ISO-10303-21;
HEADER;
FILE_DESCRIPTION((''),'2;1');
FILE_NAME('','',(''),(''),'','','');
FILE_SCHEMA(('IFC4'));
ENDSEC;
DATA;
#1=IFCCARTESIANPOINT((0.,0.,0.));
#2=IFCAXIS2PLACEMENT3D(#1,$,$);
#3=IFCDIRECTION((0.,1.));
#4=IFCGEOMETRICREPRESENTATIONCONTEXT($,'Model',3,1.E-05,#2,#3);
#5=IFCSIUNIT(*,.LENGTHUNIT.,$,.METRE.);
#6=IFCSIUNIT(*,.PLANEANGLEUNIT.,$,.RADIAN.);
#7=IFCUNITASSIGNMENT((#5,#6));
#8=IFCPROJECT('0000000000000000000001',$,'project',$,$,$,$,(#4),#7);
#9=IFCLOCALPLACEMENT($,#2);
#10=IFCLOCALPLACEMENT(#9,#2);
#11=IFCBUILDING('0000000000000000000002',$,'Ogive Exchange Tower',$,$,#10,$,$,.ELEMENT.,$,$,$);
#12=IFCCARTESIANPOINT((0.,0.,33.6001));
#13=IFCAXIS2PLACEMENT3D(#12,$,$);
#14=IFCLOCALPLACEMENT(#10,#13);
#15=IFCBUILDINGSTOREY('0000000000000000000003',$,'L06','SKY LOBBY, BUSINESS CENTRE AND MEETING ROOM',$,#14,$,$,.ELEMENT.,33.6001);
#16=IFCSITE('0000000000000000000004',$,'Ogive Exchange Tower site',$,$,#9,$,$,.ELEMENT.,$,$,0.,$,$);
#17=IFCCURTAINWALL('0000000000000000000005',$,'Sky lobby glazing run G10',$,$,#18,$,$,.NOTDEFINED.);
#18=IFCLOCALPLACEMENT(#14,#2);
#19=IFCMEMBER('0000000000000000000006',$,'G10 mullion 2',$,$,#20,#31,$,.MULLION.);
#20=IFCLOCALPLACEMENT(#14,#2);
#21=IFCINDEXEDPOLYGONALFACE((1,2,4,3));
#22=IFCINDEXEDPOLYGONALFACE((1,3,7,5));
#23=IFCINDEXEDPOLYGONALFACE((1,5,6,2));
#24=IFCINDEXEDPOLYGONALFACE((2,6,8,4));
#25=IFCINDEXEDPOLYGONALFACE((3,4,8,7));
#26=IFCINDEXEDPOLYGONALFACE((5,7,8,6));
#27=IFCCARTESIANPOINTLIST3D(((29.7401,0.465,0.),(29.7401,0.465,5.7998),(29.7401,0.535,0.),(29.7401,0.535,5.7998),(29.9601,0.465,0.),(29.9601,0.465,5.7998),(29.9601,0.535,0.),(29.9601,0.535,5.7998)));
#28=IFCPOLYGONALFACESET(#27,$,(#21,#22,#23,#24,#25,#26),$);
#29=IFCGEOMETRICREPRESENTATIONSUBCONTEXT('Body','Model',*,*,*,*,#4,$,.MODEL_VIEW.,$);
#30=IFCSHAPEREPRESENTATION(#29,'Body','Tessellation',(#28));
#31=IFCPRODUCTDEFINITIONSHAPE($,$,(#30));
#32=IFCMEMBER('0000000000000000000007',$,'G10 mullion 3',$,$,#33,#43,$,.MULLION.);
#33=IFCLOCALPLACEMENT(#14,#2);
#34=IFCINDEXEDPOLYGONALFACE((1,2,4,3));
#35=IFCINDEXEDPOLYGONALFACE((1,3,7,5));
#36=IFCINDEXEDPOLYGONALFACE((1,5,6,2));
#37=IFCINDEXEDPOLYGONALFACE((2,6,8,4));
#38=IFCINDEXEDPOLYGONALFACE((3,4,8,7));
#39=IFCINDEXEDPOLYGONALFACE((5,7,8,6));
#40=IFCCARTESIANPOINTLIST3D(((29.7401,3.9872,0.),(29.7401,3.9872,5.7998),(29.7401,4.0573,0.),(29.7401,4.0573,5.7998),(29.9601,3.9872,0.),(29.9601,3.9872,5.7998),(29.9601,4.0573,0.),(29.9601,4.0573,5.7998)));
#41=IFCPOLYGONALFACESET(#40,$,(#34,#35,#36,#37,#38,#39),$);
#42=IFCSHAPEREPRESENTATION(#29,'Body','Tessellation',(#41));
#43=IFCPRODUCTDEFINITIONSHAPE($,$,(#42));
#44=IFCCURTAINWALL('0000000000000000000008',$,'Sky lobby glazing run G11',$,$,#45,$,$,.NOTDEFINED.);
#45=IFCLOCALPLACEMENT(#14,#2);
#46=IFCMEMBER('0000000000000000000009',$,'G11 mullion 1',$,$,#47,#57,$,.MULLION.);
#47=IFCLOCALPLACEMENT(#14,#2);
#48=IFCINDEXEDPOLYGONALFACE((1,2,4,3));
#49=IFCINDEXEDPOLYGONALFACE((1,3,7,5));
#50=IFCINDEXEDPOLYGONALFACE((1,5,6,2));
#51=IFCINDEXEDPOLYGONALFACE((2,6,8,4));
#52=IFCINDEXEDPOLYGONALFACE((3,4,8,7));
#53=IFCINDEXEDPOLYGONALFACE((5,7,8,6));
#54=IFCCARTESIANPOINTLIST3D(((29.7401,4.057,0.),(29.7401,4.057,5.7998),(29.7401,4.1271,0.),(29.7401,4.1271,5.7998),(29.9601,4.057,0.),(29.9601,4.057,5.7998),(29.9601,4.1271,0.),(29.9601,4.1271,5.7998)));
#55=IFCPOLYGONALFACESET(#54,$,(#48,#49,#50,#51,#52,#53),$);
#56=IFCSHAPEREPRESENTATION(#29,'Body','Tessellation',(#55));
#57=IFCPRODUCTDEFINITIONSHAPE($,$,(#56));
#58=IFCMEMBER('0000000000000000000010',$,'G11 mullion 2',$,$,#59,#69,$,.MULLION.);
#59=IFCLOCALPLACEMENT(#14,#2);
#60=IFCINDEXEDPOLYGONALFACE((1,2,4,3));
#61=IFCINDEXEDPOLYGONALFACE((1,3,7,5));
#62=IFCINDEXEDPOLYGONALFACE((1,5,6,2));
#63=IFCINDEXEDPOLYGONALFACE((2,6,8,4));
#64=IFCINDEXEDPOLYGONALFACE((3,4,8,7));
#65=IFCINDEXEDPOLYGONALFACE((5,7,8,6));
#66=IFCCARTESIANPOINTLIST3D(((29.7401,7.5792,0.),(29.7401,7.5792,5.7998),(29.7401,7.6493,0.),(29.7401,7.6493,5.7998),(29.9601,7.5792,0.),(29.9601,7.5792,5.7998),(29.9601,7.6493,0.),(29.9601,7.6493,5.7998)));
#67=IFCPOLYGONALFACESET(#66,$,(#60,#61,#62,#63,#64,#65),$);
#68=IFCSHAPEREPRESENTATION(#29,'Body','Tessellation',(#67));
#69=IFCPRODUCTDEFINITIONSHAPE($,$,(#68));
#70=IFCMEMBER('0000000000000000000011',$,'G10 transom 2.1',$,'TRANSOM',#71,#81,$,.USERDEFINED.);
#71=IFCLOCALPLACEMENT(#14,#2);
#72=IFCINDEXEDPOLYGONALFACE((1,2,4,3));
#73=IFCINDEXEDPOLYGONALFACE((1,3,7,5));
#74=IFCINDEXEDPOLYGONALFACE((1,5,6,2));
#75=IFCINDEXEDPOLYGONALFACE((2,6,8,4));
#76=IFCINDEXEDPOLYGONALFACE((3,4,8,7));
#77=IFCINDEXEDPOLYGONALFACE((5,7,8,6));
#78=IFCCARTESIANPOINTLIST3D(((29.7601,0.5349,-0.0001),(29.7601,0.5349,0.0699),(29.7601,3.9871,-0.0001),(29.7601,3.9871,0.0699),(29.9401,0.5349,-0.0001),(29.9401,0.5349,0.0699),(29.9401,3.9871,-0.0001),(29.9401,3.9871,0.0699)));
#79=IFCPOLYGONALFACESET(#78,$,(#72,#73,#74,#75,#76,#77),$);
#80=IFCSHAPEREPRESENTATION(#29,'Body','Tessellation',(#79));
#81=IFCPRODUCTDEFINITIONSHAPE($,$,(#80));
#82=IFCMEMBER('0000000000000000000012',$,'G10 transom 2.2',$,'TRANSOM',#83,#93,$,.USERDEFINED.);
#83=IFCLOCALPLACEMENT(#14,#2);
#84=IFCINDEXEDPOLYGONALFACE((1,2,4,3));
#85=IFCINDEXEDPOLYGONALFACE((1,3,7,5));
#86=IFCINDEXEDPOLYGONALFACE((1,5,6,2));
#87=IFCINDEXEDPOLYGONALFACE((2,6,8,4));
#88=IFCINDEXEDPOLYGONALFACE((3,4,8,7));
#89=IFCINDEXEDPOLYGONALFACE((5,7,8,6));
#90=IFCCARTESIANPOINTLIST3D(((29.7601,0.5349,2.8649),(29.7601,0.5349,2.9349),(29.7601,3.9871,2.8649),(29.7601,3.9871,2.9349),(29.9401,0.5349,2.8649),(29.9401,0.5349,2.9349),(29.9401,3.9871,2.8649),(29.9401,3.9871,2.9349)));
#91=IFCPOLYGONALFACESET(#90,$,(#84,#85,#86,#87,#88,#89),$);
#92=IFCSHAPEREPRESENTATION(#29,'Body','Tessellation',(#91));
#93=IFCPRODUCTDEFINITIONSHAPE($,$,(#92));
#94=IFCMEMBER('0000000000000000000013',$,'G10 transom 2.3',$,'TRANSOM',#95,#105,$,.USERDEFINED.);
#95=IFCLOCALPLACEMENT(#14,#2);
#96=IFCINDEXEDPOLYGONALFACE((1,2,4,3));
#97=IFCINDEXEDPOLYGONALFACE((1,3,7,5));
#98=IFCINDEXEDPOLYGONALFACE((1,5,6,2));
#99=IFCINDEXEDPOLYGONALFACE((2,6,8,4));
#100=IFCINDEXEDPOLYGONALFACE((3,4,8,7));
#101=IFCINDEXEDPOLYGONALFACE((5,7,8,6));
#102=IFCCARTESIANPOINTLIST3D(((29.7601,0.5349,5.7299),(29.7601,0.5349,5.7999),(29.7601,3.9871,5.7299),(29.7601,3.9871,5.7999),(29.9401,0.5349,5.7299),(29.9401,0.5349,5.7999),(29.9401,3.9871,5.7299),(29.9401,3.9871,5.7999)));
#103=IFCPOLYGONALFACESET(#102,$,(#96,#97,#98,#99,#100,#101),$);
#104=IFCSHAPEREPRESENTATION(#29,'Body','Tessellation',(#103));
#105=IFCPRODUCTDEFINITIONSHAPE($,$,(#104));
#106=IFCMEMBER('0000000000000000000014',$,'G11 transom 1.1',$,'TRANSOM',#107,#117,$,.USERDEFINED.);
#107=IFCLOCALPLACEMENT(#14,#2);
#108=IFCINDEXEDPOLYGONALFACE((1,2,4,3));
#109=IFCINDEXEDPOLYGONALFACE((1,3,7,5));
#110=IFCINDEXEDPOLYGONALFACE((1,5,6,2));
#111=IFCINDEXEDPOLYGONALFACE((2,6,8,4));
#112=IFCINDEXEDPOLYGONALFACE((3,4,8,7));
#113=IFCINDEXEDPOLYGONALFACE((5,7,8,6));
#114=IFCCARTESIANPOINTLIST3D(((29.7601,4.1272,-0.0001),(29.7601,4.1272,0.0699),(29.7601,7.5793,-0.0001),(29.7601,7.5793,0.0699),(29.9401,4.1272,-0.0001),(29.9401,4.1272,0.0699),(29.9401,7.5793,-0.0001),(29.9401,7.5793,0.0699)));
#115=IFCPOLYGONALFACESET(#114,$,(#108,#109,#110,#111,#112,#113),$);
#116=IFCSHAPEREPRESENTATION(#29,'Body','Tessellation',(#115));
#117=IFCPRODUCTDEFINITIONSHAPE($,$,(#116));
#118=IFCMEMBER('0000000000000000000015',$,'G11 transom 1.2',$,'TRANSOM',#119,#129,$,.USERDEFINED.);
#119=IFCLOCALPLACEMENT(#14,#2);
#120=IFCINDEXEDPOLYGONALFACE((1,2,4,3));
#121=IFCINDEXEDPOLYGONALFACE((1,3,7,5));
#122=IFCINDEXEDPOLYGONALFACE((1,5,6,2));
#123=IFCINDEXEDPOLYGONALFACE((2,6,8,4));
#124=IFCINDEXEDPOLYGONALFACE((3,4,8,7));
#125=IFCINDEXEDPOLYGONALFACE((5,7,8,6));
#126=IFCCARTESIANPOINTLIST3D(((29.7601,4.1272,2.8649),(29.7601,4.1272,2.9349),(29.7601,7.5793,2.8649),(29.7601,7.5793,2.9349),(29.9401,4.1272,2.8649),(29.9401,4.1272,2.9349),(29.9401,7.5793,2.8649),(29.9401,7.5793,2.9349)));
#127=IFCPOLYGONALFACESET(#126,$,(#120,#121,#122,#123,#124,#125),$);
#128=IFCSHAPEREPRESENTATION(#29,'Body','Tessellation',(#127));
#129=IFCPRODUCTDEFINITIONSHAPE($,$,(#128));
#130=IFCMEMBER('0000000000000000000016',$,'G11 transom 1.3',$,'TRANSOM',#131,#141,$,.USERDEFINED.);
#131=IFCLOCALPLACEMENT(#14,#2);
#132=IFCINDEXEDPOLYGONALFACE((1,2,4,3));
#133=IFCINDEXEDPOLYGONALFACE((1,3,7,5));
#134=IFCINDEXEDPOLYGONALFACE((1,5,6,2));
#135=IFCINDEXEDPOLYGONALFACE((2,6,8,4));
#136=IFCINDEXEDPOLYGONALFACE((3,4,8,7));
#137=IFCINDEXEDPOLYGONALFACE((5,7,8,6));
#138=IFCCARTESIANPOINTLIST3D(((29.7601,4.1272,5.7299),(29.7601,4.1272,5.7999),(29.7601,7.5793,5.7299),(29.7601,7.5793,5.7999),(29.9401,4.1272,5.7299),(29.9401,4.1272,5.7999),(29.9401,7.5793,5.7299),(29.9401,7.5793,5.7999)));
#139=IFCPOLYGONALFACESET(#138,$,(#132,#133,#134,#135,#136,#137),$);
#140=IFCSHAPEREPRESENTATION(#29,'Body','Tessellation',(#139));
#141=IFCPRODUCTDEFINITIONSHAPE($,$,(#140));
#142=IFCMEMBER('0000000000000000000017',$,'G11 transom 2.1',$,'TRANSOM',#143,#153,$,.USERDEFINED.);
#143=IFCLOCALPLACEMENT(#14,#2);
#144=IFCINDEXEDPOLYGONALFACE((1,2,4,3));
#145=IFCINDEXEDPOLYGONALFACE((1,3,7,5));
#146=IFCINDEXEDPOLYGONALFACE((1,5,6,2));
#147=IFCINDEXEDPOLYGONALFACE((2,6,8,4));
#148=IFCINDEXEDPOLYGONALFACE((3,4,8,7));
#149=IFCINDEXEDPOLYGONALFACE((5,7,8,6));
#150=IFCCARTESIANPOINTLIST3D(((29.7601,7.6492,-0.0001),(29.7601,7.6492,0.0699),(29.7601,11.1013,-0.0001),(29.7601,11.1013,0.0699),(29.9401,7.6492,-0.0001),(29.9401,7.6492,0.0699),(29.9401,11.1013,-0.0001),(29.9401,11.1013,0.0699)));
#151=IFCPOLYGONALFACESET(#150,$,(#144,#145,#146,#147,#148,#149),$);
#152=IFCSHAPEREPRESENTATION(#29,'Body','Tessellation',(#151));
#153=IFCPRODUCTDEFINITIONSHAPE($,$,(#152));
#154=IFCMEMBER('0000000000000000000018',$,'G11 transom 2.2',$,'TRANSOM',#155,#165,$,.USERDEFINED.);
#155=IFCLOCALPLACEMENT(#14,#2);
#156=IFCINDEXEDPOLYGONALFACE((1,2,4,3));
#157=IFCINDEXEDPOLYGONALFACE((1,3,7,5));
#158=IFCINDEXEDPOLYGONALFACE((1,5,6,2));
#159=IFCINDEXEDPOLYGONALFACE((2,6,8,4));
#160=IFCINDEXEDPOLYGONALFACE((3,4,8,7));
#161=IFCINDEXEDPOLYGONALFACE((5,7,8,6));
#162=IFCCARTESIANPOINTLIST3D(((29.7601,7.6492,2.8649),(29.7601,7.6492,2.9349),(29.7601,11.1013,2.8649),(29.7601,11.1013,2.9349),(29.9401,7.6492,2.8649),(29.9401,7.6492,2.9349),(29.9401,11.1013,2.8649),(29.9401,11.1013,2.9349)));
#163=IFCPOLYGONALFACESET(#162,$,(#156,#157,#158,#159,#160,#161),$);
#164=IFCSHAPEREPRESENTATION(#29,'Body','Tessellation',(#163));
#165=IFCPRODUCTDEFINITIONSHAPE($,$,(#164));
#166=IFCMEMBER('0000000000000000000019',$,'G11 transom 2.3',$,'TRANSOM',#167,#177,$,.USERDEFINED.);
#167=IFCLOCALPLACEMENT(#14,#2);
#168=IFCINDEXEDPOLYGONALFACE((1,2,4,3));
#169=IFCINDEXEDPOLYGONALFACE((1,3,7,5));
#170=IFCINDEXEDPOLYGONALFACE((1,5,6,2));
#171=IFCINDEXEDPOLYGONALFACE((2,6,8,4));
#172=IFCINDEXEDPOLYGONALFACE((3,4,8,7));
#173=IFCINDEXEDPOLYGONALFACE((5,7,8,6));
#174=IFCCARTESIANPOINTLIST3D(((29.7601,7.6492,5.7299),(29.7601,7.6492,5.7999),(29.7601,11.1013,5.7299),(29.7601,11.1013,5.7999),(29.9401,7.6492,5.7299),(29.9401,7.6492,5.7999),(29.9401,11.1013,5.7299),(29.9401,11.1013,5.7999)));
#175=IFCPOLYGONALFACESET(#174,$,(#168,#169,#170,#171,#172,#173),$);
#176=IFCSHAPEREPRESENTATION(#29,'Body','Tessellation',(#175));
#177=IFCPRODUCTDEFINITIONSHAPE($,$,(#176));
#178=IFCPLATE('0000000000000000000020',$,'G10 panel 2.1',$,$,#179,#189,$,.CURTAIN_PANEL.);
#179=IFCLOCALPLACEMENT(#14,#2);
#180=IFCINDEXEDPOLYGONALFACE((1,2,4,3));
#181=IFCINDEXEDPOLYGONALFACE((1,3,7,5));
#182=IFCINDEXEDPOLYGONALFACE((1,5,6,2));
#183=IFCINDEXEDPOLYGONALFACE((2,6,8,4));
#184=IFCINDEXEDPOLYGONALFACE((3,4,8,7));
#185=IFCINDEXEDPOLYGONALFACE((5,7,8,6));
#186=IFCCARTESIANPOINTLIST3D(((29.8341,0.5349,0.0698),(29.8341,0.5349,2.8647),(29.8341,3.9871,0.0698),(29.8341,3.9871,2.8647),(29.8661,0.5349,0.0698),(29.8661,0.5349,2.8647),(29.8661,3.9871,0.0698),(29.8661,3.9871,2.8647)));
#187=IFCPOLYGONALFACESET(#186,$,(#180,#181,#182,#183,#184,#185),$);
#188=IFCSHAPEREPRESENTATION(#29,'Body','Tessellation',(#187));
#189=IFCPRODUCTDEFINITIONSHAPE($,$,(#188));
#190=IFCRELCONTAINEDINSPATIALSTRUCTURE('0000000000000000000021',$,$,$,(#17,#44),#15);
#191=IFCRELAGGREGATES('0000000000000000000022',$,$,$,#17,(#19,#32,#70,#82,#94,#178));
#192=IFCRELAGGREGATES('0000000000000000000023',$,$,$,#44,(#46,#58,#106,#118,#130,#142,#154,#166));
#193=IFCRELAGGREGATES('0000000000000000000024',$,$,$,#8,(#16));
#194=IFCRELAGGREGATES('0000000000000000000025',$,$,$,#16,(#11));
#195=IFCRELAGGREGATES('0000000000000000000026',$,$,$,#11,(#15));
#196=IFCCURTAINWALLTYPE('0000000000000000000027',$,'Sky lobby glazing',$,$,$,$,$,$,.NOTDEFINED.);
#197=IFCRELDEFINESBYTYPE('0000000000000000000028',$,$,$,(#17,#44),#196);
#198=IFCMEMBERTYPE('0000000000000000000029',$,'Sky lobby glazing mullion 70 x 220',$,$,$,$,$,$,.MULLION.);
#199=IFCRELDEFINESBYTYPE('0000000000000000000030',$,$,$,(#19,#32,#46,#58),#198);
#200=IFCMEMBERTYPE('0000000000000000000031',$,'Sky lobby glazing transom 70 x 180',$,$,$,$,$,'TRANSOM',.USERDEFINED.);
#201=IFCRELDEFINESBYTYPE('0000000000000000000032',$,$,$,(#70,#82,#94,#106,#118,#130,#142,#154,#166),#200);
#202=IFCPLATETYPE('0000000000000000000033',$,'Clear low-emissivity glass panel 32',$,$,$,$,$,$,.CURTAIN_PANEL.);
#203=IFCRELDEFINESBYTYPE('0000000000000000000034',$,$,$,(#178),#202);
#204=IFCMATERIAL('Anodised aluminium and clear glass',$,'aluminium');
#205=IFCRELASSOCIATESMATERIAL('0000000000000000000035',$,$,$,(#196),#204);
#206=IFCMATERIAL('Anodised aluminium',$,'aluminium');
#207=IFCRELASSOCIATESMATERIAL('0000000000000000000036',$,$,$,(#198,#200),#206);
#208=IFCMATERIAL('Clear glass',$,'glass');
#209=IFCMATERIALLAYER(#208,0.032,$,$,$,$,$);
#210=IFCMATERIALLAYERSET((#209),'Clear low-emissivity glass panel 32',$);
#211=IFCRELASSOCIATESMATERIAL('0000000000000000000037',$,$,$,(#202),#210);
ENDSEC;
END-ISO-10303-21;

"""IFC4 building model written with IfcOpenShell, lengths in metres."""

from ifc_helpers import new_model, si_unit, direction, frame, origin, origin_2d, place, context, subcontext, project, spatial, rectangle, extrude, material, layer, layer_set, material_profile, profile_set, type_object, element, aggregate, save


model = new_model("IFC4")

# Units and contexts
model_context = context("Model", 3, precision=1e-05, world=origin(), true_north=direction((0.0, 1.0)))
body_context = subcontext(model_context, "Body", "Model", "MODEL_VIEW")
ifc_project = project(units=[si_unit("LENGTHUNIT", "METRE"), si_unit("PLANEANGLEUNIT", "RADIAN")], contexts=[model_context])

# Site, building, storey
site_placement = place(None, origin())
site = spatial("IfcSite", under=ifc_project, at=site_placement, Name="Ogive Exchange Tower site", CompositionType="ELEMENT", RefElevation=0.0)
building_placement = place(site_placement, origin())
building = spatial("IfcBuilding", under=site, at=building_placement, Name="Ogive Exchange Tower", CompositionType="ELEMENT")
storey_placement = place(building_placement, frame((0.0, 0.0, 33.6001)))
storey = spatial("IfcBuildingStorey", under=building, at=storey_placement, Name="L06", Description="SKY LOBBY, BUSINESS CENTRE AND MEETING ROOM", CompositionType="ELEMENT", Elevation=33.6001)

# Curtain walls, members
ifc_material_1 = material(Name="Anodised aluminium and clear glass", Category="aluminium")
curtain_wall_type = type_object("IfcCurtainWallType", Name="Sky lobby glazing", PredefinedType="NOTDEFINED", material=ifc_material_1)
curtain_wall_1_placement = place(storey_placement, origin())
curtain_wall_1 = element("IfcCurtainWall", 1, at=curtain_wall_1_placement, inside=storey, type_object=curtain_wall_type, Name="Sky lobby glazing run G10", PredefinedType="NOTDEFINED")
ifc_material_2 = material(Name="Anodised aluminium", Category="aluminium")
ifc_material_profile_1 = material_profile(ifc_material_2, rectangle(XDim=0.22, YDim=0.0701, at=origin_2d()), Name="AL 70x220")
ifc_profile_set_1 = profile_set([ifc_material_profile_1], Name="Anodised aluminium")
member_type_1 = type_object("IfcMemberType", Name="Sky lobby glazing mullion 70 x 220", PredefinedType="MULLION", material=ifc_profile_set_1)
member_1_placement = place(storey_placement, frame((29.8501, 0.5, 0.0), z_axis=(0.0, 0.0, 1.0), x_axis=(-1.0, 0.0, 0.0)))
member_1 = element("IfcMember", 2, at=member_1_placement, type_object=member_type_1, Name="G10 mullion 2", PredefinedType="MULLION", context=body_context, shape_type="SweptSolid", body=[
    extrude(rectangle(XDim=0.22, YDim=0.0701, at=origin_2d()), origin(), (0.0, 0.0, 1.0), 5.7998),
])
member_2_placement = place(storey_placement, frame((29.8501, 4.0222, 0.0), z_axis=(0.0, 0.0, 1.0), x_axis=(-1.0, 0.0, 0.0)))
member_2 = element("IfcMember", 3, at=member_2_placement, type_object=member_type_1, Name="G10 mullion 3", PredefinedType="MULLION", context=body_context, shape_type="SweptSolid", body=[
    extrude(rectangle(XDim=0.22, YDim=0.0701, at=origin_2d()), origin(), (0.0, 0.0, 1.0), 5.7998),
])
curtain_wall_2_placement = place(storey_placement, origin())
curtain_wall_2 = element("IfcCurtainWall", 4, at=curtain_wall_2_placement, inside=storey, type_object=curtain_wall_type, Name="Sky lobby glazing run G11", PredefinedType="NOTDEFINED")
member_3_placement = place(storey_placement, frame((29.8501, 4.092, 0.0), z_axis=(0.0, 0.0, 1.0), x_axis=(-1.0, 0.0, 0.0)))
member_3 = element("IfcMember", 5, at=member_3_placement, type_object=member_type_1, Name="G11 mullion 1", PredefinedType="MULLION", context=body_context, shape_type="SweptSolid", body=[
    extrude(rectangle(XDim=0.22, YDim=0.0701, at=origin_2d()), origin(), (0.0, 0.0, 1.0), 5.7998),
])
member_4_placement = place(storey_placement, frame((29.8501, 7.6143, 0.0), z_axis=(0.0, 0.0, 1.0), x_axis=(-1.0, 0.0, 0.0)))
member_4 = element("IfcMember", 6, at=member_4_placement, type_object=member_type_1, Name="G11 mullion 2", PredefinedType="MULLION", context=body_context, shape_type="SweptSolid", body=[
    extrude(rectangle(XDim=0.22, YDim=0.0701, at=origin_2d()), origin(), (0.0, 0.0, 1.0), 5.7998),
])

# Members
ifc_material_profile_2 = material_profile(ifc_material_2, rectangle(XDim=0.1799, YDim=0.0701, at=origin_2d()), Name="AL 70x180")
ifc_profile_set_2 = profile_set([ifc_material_profile_2], Name="Anodised aluminium")
member_type_2 = type_object("IfcMemberType", Name="Sky lobby glazing transom 70 x 180", ElementType="TRANSOM", PredefinedType="USERDEFINED", material=ifc_profile_set_2)
member_5_placement = place(storey_placement, frame((29.8501, 0.5349, 0.0349), z_axis=(0.0, 1.0, 0.0), x_axis=(-1.0, 0.0, 0.0)))
member_5 = element("IfcMember", 7, at=member_5_placement, type_object=member_type_2, Name="G10 transom 2.1", ObjectType="TRANSOM", PredefinedType="USERDEFINED", context=body_context, shape_type="SweptSolid", body=[
    extrude(rectangle(XDim=0.1799, YDim=0.0701, at=origin_2d()), origin(), (0.0, 0.0, 1.0), 3.4521),
])
member_6_placement = place(storey_placement, frame((29.8501, 0.5349, 2.8999), z_axis=(0.0, 1.0, 0.0), x_axis=(-1.0, 0.0, 0.0)))
member_6 = element("IfcMember", 8, at=member_6_placement, type_object=member_type_2, Name="G10 transom 2.2", ObjectType="TRANSOM", PredefinedType="USERDEFINED", context=body_context, shape_type="SweptSolid", body=[
    extrude(rectangle(XDim=0.1799, YDim=0.0701, at=origin_2d()), origin(), (0.0, 0.0, 1.0), 3.4521),
])
member_7_placement = place(storey_placement, frame((29.8501, 0.5349, 5.7649), z_axis=(0.0, 1.0, 0.0), x_axis=(-1.0, 0.0, 0.0)))
member_7 = element("IfcMember", 9, at=member_7_placement, type_object=member_type_2, Name="G10 transom 2.3", ObjectType="TRANSOM", PredefinedType="USERDEFINED", context=body_context, shape_type="SweptSolid", body=[
    extrude(rectangle(XDim=0.1799, YDim=0.0701, at=origin_2d()), origin(), (0.0, 0.0, 1.0), 3.4521),
])
member_8_placement = place(storey_placement, frame((29.8501, 4.1272, 0.0349), z_axis=(0.0, 1.0, 0.0), x_axis=(-1.0, 0.0, 0.0)))
member_8 = element("IfcMember", 10, at=member_8_placement, type_object=member_type_2, Name="G11 transom 1.1", ObjectType="TRANSOM", PredefinedType="USERDEFINED", context=body_context, shape_type="SweptSolid", body=[
    extrude(rectangle(XDim=0.1799, YDim=0.0701, at=origin_2d()), origin(), (0.0, 0.0, 1.0), 3.4521),
])
member_9_placement = place(storey_placement, frame((29.8501, 4.1272, 2.8999), z_axis=(0.0, 1.0, 0.0), x_axis=(-1.0, 0.0, 0.0)))
member_9 = element("IfcMember", 11, at=member_9_placement, type_object=member_type_2, Name="G11 transom 1.2", ObjectType="TRANSOM", PredefinedType="USERDEFINED", context=body_context, shape_type="SweptSolid", body=[
    extrude(rectangle(XDim=0.1799, YDim=0.0701, at=origin_2d()), origin(), (0.0, 0.0, 1.0), 3.4521),
])
member_10_placement = place(storey_placement, frame((29.8501, 4.1272, 5.7649), z_axis=(0.0, 1.0, 0.0), x_axis=(-1.0, 0.0, 0.0)))
member_10 = element("IfcMember", 12, at=member_10_placement, type_object=member_type_2, Name="G11 transom 1.3", ObjectType="TRANSOM", PredefinedType="USERDEFINED", context=body_context, shape_type="SweptSolid", body=[
    extrude(rectangle(XDim=0.1799, YDim=0.0701, at=origin_2d()), origin(), (0.0, 0.0, 1.0), 3.4521),
])
member_11_placement = place(storey_placement, frame((29.8501, 7.6492, 0.0349), z_axis=(0.0, 1.0, 0.0), x_axis=(-1.0, 0.0, 0.0)))
member_11 = element("IfcMember", 13, at=member_11_placement, type_object=member_type_2, Name="G11 transom 2.1", ObjectType="TRANSOM", PredefinedType="USERDEFINED", context=body_context, shape_type="SweptSolid", body=[
    extrude(rectangle(XDim=0.1799, YDim=0.0701, at=origin_2d()), origin(), (0.0, 0.0, 1.0), 3.4521),
])
member_12_placement = place(storey_placement, frame((29.8501, 7.6492, 2.8999), z_axis=(0.0, 1.0, 0.0), x_axis=(-1.0, 0.0, 0.0)))
member_12 = element("IfcMember", 14, at=member_12_placement, type_object=member_type_2, Name="G11 transom 2.2", ObjectType="TRANSOM", PredefinedType="USERDEFINED", context=body_context, shape_type="SweptSolid", body=[
    extrude(rectangle(XDim=0.1799, YDim=0.0701, at=origin_2d()), origin(), (0.0, 0.0, 1.0), 3.4521),
])
member_13_placement = place(storey_placement, frame((29.8501, 7.6492, 5.7649), z_axis=(0.0, 1.0, 0.0), x_axis=(-1.0, 0.0, 0.0)))
member_13 = element("IfcMember", 15, at=member_13_placement, type_object=member_type_2, Name="G11 transom 2.3", ObjectType="TRANSOM", PredefinedType="USERDEFINED", context=body_context, shape_type="SweptSolid", body=[
    extrude(rectangle(XDim=0.1799, YDim=0.0701, at=origin_2d()), origin(), (0.0, 0.0, 1.0), 3.4521),
])

# Plate
ifc_material_3 = material(Name="Clear glass", Category="glass")
ifc_layer_1 = layer(ifc_material_3, 0.032)
ifc_layer_set_1 = layer_set([ifc_layer_1], Name="Clear low-emissivity glass panel 32")
plate_type = type_object("IfcPlateType", Name="Clear low-emissivity glass panel 32", PredefinedType="CURTAIN_PANEL", material=ifc_layer_set_1)
plate_1_placement = place(storey_placement, frame((29.8501, 2.261, 0.0698), z_axis=(0.0, 0.0, 1.0), x_axis=(0.0, 1.0, 0.0)))
plate_1 = element("IfcPlate", 16, at=plate_1_placement, type_object=plate_type, Name="G10 panel 2.1", PredefinedType="CURTAIN_PANEL", context=body_context, shape_type="SweptSolid", body=[
    extrude(rectangle(XDim=3.4521, YDim=0.032, at=origin_2d()), origin(), (0.0, 0.0, 1.0), 2.7949),
])
aggregate(curtain_wall_1, [member_1, member_2, member_5, member_6, member_7, plate_1])
aggregate(curtain_wall_2, [member_3, member_4, member_8, member_9, member_10, member_11, member_12, member_13])

save(model, "model.ifc")
